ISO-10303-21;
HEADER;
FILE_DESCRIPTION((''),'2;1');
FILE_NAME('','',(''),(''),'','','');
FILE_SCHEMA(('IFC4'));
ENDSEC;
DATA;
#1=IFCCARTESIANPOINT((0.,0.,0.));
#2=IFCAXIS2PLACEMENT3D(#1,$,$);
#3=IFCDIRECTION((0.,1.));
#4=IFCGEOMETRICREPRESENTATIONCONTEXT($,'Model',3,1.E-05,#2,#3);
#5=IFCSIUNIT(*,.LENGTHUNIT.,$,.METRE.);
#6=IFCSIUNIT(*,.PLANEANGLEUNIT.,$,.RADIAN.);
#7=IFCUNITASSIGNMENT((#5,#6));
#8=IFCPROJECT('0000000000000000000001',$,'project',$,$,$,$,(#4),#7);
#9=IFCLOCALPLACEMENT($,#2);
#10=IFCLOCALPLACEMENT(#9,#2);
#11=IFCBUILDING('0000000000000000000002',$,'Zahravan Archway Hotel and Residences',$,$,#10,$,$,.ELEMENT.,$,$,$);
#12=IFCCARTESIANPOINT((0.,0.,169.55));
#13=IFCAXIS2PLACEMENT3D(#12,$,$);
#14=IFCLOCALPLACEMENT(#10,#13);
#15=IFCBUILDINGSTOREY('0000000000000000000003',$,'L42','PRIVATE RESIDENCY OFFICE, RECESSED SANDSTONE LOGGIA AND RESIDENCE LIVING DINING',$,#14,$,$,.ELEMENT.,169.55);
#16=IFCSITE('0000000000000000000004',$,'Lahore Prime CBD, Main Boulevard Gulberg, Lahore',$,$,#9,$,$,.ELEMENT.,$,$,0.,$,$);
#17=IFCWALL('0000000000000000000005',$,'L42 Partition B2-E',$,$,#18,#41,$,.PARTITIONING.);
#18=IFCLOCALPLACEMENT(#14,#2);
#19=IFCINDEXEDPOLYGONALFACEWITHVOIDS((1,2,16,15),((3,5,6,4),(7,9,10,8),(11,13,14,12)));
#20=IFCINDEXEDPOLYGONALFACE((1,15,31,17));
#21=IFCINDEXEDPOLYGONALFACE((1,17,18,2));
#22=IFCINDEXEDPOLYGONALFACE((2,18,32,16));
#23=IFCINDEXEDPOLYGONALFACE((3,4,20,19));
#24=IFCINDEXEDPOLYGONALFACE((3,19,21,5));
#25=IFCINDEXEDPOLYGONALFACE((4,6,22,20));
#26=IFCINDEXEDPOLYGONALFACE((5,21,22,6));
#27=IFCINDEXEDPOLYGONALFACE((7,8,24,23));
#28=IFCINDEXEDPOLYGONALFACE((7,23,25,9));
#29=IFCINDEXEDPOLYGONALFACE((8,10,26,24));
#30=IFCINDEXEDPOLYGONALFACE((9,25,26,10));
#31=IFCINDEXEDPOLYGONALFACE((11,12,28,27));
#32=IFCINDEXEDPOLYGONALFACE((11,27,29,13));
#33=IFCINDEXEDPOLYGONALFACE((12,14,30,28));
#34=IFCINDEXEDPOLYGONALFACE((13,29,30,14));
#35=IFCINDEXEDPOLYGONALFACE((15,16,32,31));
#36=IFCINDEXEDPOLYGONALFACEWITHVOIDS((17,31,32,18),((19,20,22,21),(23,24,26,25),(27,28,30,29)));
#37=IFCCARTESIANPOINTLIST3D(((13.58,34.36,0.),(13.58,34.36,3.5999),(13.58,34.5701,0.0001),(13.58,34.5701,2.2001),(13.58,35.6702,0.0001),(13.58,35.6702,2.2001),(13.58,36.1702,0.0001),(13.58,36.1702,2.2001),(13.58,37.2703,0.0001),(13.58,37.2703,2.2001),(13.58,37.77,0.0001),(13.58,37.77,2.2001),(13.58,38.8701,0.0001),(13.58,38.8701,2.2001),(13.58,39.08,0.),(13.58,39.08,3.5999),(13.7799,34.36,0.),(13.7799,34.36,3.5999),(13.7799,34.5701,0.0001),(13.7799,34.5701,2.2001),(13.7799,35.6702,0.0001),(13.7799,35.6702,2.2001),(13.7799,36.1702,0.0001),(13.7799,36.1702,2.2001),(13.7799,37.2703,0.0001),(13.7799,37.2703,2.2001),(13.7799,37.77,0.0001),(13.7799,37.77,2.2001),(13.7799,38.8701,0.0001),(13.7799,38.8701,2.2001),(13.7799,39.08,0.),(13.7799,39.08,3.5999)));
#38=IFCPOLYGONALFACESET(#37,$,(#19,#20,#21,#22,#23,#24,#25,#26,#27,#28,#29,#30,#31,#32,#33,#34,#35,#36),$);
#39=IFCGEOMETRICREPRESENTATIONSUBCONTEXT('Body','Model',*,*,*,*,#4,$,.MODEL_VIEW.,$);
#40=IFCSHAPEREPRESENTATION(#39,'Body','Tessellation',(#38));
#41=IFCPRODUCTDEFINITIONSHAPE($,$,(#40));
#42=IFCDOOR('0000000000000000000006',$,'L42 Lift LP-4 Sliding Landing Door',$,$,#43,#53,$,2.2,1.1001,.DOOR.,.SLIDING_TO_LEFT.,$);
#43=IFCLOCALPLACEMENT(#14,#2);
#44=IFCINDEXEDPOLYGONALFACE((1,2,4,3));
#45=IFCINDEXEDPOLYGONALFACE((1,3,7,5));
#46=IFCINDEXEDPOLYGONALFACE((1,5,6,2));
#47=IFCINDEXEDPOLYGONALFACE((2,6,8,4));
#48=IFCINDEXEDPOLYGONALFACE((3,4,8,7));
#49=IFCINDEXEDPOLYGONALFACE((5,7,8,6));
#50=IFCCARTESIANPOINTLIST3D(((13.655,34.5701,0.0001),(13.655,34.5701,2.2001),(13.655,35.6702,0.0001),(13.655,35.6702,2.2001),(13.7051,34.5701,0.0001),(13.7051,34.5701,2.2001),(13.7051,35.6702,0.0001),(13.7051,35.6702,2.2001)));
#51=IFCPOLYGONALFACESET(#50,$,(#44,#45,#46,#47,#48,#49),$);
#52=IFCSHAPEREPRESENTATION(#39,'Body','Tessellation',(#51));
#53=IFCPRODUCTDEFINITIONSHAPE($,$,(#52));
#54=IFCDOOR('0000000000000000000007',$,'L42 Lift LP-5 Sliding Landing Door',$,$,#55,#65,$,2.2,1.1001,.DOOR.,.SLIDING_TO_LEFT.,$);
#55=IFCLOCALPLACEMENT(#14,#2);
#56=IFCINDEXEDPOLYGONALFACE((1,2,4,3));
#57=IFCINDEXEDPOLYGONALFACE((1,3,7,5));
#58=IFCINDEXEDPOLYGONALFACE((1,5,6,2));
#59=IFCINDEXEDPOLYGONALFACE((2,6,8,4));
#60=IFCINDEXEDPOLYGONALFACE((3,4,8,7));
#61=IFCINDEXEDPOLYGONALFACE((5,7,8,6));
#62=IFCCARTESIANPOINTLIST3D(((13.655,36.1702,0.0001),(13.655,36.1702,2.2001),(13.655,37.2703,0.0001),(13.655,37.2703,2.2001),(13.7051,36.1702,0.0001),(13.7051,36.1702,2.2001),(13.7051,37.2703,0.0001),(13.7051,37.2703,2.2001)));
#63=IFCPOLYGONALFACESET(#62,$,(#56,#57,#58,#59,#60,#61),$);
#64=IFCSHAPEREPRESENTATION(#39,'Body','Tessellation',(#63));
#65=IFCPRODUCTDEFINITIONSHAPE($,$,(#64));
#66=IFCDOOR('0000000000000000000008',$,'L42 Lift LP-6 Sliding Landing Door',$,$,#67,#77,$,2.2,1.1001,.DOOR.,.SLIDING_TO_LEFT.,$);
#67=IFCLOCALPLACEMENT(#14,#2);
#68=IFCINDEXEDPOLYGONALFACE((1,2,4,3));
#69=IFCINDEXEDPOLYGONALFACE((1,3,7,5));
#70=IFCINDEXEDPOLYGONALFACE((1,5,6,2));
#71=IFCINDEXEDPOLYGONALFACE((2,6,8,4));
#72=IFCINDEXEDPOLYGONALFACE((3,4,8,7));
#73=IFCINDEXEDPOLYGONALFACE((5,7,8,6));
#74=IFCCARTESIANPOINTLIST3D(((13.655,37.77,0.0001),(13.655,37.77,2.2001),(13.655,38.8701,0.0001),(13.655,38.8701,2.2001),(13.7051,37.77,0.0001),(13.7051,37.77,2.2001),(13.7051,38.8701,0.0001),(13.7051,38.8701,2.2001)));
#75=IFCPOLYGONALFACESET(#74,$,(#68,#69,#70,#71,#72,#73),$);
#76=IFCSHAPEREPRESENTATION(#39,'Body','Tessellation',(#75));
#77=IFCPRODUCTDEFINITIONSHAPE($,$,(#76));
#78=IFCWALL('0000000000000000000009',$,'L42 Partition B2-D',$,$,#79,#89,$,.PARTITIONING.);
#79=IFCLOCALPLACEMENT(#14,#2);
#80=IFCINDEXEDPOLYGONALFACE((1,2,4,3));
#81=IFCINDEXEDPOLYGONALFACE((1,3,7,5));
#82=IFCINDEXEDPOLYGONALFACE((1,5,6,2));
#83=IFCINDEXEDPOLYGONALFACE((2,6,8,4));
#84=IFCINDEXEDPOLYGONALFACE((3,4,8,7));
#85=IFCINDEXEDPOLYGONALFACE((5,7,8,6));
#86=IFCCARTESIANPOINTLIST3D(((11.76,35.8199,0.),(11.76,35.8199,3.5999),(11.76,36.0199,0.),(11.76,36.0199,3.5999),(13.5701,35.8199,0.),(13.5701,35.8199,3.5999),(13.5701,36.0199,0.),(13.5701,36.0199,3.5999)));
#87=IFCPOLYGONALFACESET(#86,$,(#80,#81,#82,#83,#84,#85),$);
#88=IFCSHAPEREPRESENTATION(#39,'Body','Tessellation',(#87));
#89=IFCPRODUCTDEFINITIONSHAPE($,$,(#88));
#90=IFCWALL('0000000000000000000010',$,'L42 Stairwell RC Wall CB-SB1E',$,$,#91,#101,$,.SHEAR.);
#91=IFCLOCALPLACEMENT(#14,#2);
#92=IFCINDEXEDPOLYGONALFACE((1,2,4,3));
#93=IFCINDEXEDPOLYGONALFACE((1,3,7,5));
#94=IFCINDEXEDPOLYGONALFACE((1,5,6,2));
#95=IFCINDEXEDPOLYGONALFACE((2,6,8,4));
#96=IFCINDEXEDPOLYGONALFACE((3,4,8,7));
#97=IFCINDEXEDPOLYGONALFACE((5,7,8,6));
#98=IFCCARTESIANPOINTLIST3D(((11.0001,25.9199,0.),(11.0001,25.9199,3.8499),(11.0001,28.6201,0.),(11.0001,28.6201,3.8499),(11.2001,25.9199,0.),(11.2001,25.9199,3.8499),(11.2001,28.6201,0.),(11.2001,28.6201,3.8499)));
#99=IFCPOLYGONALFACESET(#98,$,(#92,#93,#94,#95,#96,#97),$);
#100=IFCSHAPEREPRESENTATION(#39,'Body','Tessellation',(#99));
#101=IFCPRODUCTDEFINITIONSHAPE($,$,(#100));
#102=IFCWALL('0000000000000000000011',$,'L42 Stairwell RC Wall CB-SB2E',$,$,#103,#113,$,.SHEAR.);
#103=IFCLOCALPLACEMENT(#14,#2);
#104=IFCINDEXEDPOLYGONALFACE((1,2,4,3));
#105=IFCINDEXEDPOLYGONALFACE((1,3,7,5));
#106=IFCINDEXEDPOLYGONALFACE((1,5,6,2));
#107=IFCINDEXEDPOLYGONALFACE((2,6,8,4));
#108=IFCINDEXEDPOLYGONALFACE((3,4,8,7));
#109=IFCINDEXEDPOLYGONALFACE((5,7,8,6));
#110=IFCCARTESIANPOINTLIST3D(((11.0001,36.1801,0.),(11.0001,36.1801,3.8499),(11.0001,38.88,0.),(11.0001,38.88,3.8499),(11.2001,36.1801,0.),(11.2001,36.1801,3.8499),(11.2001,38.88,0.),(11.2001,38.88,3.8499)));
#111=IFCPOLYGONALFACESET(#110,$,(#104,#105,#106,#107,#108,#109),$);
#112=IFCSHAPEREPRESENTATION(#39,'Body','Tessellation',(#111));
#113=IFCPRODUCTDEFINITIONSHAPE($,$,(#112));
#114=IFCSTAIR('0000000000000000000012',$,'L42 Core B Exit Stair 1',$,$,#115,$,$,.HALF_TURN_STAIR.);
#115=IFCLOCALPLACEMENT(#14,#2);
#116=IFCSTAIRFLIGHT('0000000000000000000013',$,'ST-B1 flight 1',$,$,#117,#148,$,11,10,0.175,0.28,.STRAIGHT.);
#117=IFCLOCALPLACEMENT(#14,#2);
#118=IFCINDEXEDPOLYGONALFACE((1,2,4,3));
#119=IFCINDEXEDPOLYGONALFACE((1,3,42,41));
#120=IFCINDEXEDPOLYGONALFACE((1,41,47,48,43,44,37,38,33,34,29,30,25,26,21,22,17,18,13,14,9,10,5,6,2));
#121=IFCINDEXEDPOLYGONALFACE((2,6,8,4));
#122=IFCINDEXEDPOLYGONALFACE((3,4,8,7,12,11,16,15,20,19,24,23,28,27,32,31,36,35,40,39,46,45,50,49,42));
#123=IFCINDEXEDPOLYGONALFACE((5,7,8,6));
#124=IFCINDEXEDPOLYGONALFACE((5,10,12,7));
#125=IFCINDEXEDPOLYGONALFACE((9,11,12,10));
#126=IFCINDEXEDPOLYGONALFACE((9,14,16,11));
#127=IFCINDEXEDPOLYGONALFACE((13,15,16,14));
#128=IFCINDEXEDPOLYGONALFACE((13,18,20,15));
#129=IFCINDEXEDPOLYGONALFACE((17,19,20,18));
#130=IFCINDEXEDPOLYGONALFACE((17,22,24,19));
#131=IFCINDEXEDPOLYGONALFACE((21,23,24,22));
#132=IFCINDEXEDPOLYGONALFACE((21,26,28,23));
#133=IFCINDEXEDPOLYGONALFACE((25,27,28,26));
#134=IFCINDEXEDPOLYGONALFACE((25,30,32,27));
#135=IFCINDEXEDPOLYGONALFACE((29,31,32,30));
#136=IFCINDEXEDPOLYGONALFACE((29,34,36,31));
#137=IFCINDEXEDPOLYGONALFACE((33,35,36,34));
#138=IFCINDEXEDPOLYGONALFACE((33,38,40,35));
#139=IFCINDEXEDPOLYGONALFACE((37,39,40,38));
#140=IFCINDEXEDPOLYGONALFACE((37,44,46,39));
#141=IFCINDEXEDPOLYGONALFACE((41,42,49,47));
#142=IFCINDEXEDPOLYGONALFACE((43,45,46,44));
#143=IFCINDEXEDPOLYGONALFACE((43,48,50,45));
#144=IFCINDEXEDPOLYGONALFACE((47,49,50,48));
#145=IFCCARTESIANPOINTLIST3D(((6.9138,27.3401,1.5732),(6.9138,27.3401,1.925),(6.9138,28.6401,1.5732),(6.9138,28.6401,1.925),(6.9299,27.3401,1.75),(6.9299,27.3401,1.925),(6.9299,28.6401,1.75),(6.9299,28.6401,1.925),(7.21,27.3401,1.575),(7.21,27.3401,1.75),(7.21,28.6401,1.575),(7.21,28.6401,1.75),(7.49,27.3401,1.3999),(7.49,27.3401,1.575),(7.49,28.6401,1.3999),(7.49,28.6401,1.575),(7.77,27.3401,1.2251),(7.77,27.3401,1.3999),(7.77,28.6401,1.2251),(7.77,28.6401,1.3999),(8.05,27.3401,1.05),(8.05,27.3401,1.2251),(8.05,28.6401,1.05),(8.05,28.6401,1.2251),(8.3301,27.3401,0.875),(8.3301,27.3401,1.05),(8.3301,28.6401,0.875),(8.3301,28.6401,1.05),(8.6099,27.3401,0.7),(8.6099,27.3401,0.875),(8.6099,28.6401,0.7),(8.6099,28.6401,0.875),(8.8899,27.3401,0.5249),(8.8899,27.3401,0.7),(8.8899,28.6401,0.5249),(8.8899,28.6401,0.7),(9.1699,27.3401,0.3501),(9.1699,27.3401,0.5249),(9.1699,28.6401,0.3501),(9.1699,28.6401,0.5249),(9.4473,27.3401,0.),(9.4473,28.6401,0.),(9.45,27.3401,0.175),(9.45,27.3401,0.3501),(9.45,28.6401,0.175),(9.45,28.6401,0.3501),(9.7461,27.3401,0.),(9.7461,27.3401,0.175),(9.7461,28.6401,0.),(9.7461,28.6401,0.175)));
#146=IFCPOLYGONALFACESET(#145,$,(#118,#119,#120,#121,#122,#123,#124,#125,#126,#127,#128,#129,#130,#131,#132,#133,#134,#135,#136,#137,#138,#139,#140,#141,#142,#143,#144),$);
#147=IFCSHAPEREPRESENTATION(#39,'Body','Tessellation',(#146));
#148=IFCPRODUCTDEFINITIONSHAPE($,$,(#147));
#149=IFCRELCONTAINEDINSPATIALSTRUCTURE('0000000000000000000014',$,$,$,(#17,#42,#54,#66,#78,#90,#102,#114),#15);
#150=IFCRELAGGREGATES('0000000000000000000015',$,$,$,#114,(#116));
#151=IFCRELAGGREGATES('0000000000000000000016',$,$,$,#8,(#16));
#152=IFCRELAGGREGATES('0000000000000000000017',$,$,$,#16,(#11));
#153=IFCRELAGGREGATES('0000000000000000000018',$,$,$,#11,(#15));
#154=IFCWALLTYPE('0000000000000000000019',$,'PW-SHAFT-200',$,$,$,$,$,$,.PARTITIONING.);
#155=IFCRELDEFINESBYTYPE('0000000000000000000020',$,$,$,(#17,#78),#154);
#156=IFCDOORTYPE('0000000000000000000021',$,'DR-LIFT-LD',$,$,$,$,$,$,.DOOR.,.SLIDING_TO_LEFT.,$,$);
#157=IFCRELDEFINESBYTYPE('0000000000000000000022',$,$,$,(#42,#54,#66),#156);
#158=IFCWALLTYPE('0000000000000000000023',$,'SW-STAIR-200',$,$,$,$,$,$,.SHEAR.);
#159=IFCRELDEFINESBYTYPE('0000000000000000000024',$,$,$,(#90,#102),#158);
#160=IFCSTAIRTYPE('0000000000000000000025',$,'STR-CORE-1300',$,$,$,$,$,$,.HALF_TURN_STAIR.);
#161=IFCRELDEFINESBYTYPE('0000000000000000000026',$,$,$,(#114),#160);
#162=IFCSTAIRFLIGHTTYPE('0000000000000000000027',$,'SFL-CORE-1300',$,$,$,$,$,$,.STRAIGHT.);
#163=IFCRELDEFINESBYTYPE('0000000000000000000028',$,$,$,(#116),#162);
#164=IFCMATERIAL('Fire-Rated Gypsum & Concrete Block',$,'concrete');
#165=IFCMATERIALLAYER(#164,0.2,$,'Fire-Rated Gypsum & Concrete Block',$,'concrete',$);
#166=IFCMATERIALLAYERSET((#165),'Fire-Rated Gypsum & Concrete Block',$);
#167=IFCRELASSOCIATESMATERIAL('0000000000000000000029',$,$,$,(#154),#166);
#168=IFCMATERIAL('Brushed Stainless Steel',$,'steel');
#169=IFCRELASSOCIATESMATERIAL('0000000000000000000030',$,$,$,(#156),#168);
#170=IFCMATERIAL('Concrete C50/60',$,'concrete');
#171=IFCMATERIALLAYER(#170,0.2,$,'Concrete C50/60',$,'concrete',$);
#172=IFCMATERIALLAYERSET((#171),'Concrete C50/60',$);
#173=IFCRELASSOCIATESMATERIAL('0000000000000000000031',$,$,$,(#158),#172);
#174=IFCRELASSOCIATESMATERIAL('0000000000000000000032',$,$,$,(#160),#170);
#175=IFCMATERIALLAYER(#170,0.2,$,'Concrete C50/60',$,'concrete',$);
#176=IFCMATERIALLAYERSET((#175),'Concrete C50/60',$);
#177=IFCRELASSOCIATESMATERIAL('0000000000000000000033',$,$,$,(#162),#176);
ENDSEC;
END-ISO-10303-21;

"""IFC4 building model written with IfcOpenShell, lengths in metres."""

from ifc_helpers import new_model, si_unit, direction, frame, frame_2d, origin, place, context, subcontext, project, spatial, polyline, rectangle, outline, extrude, source, transform, mapped, material, layer, layer_set, type_object, type_shapes, element, fill, aggregate, save


model = new_model("IFC4")

# Units and contexts
model_context = context("Model", 3, precision=1e-05, world=origin(), true_north=direction((0.0, 1.0)))
body_context = subcontext(model_context, "Body", "Model", "MODEL_VIEW")
ifc_project = project(units=[si_unit("LENGTHUNIT", "METRE"), si_unit("PLANEANGLEUNIT", "RADIAN")], contexts=[model_context])

# Site, building, storey
site_placement = place(None, origin())
site = spatial("IfcSite", under=ifc_project, at=site_placement, Name="Lahore Prime CBD, Main Boulevard Gulberg, Lahore", CompositionType="ELEMENT", RefElevation=0.0)
building_placement = place(site_placement, origin())
building = spatial("IfcBuilding", under=site, at=building_placement, Name="Zahravan Archway Hotel and Residences", CompositionType="ELEMENT")
storey_placement = place(building_placement, frame((0.0, 0.0, 169.55)))
storey = spatial("IfcBuildingStorey", under=building, at=storey_placement, Name="L42", Description="PRIVATE RESIDENCY OFFICE, RECESSED SANDSTONE LOGGIA AND RESIDENCE LIVING DINING", CompositionType="ELEMENT", Elevation=169.55)

# Shared definitions
ifc_material_1 = material(Name="Fire-Rated Gypsum & Concrete Block", Category="concrete")
ifc_layer_1 = layer(ifc_material_1, 0.2, Name="Fire-Rated Gypsum & Concrete Block", Category="concrete")
ifc_layer_set_1 = layer_set([ifc_layer_1], Name="Fire-Rated Gypsum & Concrete Block")
wall_type_1 = type_object("IfcWallType", Name="PW-SHAFT-200", PredefinedType="PARTITIONING", material=ifc_layer_set_1)

# Wall, openings, doors
wall_1_placement = place(storey_placement, frame((13.6799, 34.3601, 0.0), z_axis=(0.0, 0.0, 1.0), x_axis=(0.0, 1.0, 0.0)))
wall_1 = element("IfcWall", 1, at=wall_1_placement, inside=storey, type_object=wall_type_1, Name="L42 Partition B2-E", PredefinedType="PARTITIONING", context=body_context, shape_type="SweptSolid", body=[
    extrude(rectangle(XDim=4.72, YDim=0.2, at=frame_2d((2.3599, 0.0))), origin(), (0.0, 0.0, 1.0), 3.5999),
])
opening_1_placement = place(wall_1_placement, frame((0.21, 0.0, 0.0)))
opening_1 = element("IfcOpeningElement", 2, at=opening_1_placement, cuts=wall_1, PredefinedType="OPENING", context=body_context, shape_type="SweptSolid", body=[
    extrude(rectangle(XDim=1.1001, YDim=2.2, at=frame_2d((0.55, 1.1001))), frame((0.0, 0.1099, 0.0), z_axis=(0.0, -1.0, 0.0), x_axis=(1.0, 0.0, 0.0)), (0.0, 0.0, 1.0), 0.22),
])
opening_2_placement = place(wall_1_placement, frame((1.8101, 0.0, 0.0)))
opening_2 = element("IfcOpeningElement", 3, at=opening_2_placement, cuts=wall_1, PredefinedType="OPENING", context=body_context, shape_type="SweptSolid", body=[
    extrude(rectangle(XDim=1.1001, YDim=2.2, at=frame_2d((0.55, 1.1001))), frame((0.0, 0.1099, 0.0), z_axis=(0.0, -1.0, 0.0), x_axis=(1.0, 0.0, 0.0)), (0.0, 0.0, 1.0), 0.22),
])
opening_3_placement = place(wall_1_placement, frame((3.4099, 0.0, 0.0)))
opening_3 = element("IfcOpeningElement", 4, at=opening_3_placement, cuts=wall_1, PredefinedType="OPENING", context=body_context, shape_type="SweptSolid", body=[
    extrude(rectangle(XDim=1.1001, YDim=2.2, at=frame_2d((0.55, 1.1001))), frame((0.0, 0.1099, 0.0), z_axis=(0.0, -1.0, 0.0), x_axis=(1.0, 0.0, 0.0)), (0.0, 0.0, 1.0), 0.22),
])
ifc_material_2 = material(Name="Brushed Stainless Steel", Category="steel")
door_type_1 = type_object("IfcDoorType", Name="DR-LIFT-LD", OperationType="SLIDING_TO_LEFT", PredefinedType="DOOR", material=ifc_material_2)
shared_shape_1 = source(origin(), body_context, "Body", "SweptSolid", [
    extrude(rectangle(XDim=1.1001, YDim=2.2, at=frame_2d((0.55, 1.1001))), frame((0.0, 0.0249, 0.0), z_axis=(0.0, -1.0, 0.0), x_axis=(1.0, 0.0, 0.0)), (0.0, 0.0, 1.0), 0.05),
])
type_shapes(door_type_1, [shared_shape_1])
door_1_placement = place(opening_1_placement, origin())
door_1 = element("IfcDoor", 5, at=door_1_placement, inside=storey, type_object=door_type_1, Name="L42 Lift LP-4 Sliding Landing Door", OperationType="SLIDING_TO_LEFT", OverallHeight=2.2, OverallWidth=1.1001, PredefinedType="DOOR", context=body_context, shape_type="MappedRepresentation", body=[
    mapped(shared_shape_1, transform((0.0, 0.0, 0.0), scale=1.0)),
])
fill(opening_1, door_1)
door_2_placement = place(opening_2_placement, origin())
door_2 = element("IfcDoor", 6, at=door_2_placement, inside=storey, type_object=door_type_1, Name="L42 Lift LP-5 Sliding Landing Door", OperationType="SLIDING_TO_LEFT", OverallHeight=2.2, OverallWidth=1.1001, PredefinedType="DOOR", context=body_context, shape_type="MappedRepresentation", body=[
    mapped(shared_shape_1, transform((0.0, 0.0, 0.0), scale=1.0)),
])
fill(opening_2, door_2)
door_3_placement = place(opening_3_placement, origin())
door_3 = element("IfcDoor", 7, at=door_3_placement, inside=storey, type_object=door_type_1, Name="L42 Lift LP-6 Sliding Landing Door", OperationType="SLIDING_TO_LEFT", OverallHeight=2.2, OverallWidth=1.1001, PredefinedType="DOOR", context=body_context, shape_type="MappedRepresentation", body=[
    mapped(shared_shape_1, transform((0.0, 0.0, 0.0), scale=1.0)),
])
fill(opening_3, door_3)

# Wall
wall_2_placement = place(storey_placement, frame((11.76, 35.9199, 0.0), z_axis=(0.0, 0.0, 1.0), x_axis=(1.0, 0.0, 0.0)))
element("IfcWall", 8, at=wall_2_placement, inside=storey, type_object=wall_type_1, Name="L42 Partition B2-D", PredefinedType="PARTITIONING", context=body_context, shape_type="SweptSolid", body=[
    extrude(rectangle(XDim=1.8101, YDim=0.2, at=frame_2d((0.905, 0.0))), origin(), (0.0, 0.0, 1.0), 3.5999),
])

# Walls
ifc_material_3 = material(Name="Concrete C50/60", Category="concrete")
ifc_layer_2 = layer(ifc_material_3, 0.2, Name="Concrete C50/60", Category="concrete")
ifc_layer_set_2 = layer_set([ifc_layer_2], Name="Concrete C50/60")
wall_type_2 = type_object("IfcWallType", Name="SW-STAIR-200", PredefinedType="SHEAR", material=ifc_layer_set_2)
wall_3_placement = place(storey_placement, frame((11.1001, 25.9199, 0.0), z_axis=(0.0, 0.0, 1.0), x_axis=(0.0, 1.0, 0.0)))
element("IfcWall", 9, at=wall_3_placement, inside=storey, type_object=wall_type_2, Name="L42 Stairwell RC Wall CB-SB1E", PredefinedType="SHEAR", context=body_context, shape_type="SweptSolid", body=[
    extrude(rectangle(XDim=2.7002, YDim=0.2, at=frame_2d((1.3501, 0.0))), origin(), (0.0, 0.0, 1.0), 3.8499),
])
wall_4_placement = place(storey_placement, frame((11.1001, 36.1799, 0.0), z_axis=(0.0, 0.0, 1.0), x_axis=(0.0, 1.0, 0.0)))
element("IfcWall", 10, at=wall_4_placement, inside=storey, type_object=wall_type_2, Name="L42 Stairwell RC Wall CB-SB2E", PredefinedType="SHEAR", context=body_context, shape_type="SweptSolid", body=[
    extrude(rectangle(XDim=2.7, YDim=0.2, at=frame_2d((1.3501, 0.0))), origin(), (0.0, 0.0, 1.0), 3.8499),
])

# Stair, stair flight
stair_type = type_object("IfcStairType", Name="STR-CORE-1300", PredefinedType="HALF_TURN_STAIR", material=ifc_material_3)
stair_1_placement = place(storey_placement, origin())
stair_1 = element("IfcStair", 11, at=stair_1_placement, inside=storey, type_object=stair_type, Name="L42 Core B Exit Stair 1", PredefinedType="HALF_TURN_STAIR")
ifc_layer_3 = layer(ifc_material_3, 0.2, Name="Concrete C50/60", Category="concrete")
ifc_layer_set_3 = layer_set([ifc_layer_3], Name="Concrete C50/60")
stair_flight_type = type_object("IfcStairFlightType", Name="SFL-CORE-1300", PredefinedType="STRAIGHT", material=ifc_layer_set_3)
shared_shape_2 = source(origin(), body_context, "Body", "SweptSolid", [
    extrude(outline(polyline([(-0.0161, 0.0), (-0.0161, 0.175), (0.28, 0.175), (0.28, 0.3501), (0.5601, 0.3501), (0.5601, 0.5249), (0.8401, 0.5249), (0.8401, 0.7), (1.1201, 0.7), (1.1201, 0.875), (1.3999, 0.875), (1.3999, 1.05), (1.6799, 1.05), (1.6799, 1.2251), (1.96, 1.2251), (1.96, 1.3999), (2.24, 1.3999), (2.24, 1.575), (2.52, 1.575), (2.52, 1.75), (2.8, 1.75), (2.8, 1.925), (2.8162, 1.925), (2.8162, 1.5732), (0.2827, 0.0), (-0.0161, 0.0)])), frame((0.0, 0.6499, 0.0), z_axis=(0.0, -1.0, 0.0), x_axis=(1.0, 0.0, 0.0)), (0.0, 0.0, 1.0), 1.3),
])
stair_flight_1_placement = place(storey_placement, frame((9.73, 27.99, 0.0), z_axis=(0.0, 0.0, 1.0), x_axis=(-1.0, 0.0, 0.0)))
stair_flight_1 = element("IfcStairFlight", 12, at=stair_flight_1_placement, type_object=stair_flight_type, Name="ST-B1 flight 1", NumberOfRisers=11, NumberOfTreads=10, PredefinedType="STRAIGHT", RiserHeight=0.175, TreadLength=0.28, context=body_context, shape_type="MappedRepresentation", body=[
    mapped(shared_shape_2, transform((0.0, 0.0, 0.0), scale=1.0)),
])
aggregate(stair_1, [stair_flight_1])

save(model, "model.ifc")
